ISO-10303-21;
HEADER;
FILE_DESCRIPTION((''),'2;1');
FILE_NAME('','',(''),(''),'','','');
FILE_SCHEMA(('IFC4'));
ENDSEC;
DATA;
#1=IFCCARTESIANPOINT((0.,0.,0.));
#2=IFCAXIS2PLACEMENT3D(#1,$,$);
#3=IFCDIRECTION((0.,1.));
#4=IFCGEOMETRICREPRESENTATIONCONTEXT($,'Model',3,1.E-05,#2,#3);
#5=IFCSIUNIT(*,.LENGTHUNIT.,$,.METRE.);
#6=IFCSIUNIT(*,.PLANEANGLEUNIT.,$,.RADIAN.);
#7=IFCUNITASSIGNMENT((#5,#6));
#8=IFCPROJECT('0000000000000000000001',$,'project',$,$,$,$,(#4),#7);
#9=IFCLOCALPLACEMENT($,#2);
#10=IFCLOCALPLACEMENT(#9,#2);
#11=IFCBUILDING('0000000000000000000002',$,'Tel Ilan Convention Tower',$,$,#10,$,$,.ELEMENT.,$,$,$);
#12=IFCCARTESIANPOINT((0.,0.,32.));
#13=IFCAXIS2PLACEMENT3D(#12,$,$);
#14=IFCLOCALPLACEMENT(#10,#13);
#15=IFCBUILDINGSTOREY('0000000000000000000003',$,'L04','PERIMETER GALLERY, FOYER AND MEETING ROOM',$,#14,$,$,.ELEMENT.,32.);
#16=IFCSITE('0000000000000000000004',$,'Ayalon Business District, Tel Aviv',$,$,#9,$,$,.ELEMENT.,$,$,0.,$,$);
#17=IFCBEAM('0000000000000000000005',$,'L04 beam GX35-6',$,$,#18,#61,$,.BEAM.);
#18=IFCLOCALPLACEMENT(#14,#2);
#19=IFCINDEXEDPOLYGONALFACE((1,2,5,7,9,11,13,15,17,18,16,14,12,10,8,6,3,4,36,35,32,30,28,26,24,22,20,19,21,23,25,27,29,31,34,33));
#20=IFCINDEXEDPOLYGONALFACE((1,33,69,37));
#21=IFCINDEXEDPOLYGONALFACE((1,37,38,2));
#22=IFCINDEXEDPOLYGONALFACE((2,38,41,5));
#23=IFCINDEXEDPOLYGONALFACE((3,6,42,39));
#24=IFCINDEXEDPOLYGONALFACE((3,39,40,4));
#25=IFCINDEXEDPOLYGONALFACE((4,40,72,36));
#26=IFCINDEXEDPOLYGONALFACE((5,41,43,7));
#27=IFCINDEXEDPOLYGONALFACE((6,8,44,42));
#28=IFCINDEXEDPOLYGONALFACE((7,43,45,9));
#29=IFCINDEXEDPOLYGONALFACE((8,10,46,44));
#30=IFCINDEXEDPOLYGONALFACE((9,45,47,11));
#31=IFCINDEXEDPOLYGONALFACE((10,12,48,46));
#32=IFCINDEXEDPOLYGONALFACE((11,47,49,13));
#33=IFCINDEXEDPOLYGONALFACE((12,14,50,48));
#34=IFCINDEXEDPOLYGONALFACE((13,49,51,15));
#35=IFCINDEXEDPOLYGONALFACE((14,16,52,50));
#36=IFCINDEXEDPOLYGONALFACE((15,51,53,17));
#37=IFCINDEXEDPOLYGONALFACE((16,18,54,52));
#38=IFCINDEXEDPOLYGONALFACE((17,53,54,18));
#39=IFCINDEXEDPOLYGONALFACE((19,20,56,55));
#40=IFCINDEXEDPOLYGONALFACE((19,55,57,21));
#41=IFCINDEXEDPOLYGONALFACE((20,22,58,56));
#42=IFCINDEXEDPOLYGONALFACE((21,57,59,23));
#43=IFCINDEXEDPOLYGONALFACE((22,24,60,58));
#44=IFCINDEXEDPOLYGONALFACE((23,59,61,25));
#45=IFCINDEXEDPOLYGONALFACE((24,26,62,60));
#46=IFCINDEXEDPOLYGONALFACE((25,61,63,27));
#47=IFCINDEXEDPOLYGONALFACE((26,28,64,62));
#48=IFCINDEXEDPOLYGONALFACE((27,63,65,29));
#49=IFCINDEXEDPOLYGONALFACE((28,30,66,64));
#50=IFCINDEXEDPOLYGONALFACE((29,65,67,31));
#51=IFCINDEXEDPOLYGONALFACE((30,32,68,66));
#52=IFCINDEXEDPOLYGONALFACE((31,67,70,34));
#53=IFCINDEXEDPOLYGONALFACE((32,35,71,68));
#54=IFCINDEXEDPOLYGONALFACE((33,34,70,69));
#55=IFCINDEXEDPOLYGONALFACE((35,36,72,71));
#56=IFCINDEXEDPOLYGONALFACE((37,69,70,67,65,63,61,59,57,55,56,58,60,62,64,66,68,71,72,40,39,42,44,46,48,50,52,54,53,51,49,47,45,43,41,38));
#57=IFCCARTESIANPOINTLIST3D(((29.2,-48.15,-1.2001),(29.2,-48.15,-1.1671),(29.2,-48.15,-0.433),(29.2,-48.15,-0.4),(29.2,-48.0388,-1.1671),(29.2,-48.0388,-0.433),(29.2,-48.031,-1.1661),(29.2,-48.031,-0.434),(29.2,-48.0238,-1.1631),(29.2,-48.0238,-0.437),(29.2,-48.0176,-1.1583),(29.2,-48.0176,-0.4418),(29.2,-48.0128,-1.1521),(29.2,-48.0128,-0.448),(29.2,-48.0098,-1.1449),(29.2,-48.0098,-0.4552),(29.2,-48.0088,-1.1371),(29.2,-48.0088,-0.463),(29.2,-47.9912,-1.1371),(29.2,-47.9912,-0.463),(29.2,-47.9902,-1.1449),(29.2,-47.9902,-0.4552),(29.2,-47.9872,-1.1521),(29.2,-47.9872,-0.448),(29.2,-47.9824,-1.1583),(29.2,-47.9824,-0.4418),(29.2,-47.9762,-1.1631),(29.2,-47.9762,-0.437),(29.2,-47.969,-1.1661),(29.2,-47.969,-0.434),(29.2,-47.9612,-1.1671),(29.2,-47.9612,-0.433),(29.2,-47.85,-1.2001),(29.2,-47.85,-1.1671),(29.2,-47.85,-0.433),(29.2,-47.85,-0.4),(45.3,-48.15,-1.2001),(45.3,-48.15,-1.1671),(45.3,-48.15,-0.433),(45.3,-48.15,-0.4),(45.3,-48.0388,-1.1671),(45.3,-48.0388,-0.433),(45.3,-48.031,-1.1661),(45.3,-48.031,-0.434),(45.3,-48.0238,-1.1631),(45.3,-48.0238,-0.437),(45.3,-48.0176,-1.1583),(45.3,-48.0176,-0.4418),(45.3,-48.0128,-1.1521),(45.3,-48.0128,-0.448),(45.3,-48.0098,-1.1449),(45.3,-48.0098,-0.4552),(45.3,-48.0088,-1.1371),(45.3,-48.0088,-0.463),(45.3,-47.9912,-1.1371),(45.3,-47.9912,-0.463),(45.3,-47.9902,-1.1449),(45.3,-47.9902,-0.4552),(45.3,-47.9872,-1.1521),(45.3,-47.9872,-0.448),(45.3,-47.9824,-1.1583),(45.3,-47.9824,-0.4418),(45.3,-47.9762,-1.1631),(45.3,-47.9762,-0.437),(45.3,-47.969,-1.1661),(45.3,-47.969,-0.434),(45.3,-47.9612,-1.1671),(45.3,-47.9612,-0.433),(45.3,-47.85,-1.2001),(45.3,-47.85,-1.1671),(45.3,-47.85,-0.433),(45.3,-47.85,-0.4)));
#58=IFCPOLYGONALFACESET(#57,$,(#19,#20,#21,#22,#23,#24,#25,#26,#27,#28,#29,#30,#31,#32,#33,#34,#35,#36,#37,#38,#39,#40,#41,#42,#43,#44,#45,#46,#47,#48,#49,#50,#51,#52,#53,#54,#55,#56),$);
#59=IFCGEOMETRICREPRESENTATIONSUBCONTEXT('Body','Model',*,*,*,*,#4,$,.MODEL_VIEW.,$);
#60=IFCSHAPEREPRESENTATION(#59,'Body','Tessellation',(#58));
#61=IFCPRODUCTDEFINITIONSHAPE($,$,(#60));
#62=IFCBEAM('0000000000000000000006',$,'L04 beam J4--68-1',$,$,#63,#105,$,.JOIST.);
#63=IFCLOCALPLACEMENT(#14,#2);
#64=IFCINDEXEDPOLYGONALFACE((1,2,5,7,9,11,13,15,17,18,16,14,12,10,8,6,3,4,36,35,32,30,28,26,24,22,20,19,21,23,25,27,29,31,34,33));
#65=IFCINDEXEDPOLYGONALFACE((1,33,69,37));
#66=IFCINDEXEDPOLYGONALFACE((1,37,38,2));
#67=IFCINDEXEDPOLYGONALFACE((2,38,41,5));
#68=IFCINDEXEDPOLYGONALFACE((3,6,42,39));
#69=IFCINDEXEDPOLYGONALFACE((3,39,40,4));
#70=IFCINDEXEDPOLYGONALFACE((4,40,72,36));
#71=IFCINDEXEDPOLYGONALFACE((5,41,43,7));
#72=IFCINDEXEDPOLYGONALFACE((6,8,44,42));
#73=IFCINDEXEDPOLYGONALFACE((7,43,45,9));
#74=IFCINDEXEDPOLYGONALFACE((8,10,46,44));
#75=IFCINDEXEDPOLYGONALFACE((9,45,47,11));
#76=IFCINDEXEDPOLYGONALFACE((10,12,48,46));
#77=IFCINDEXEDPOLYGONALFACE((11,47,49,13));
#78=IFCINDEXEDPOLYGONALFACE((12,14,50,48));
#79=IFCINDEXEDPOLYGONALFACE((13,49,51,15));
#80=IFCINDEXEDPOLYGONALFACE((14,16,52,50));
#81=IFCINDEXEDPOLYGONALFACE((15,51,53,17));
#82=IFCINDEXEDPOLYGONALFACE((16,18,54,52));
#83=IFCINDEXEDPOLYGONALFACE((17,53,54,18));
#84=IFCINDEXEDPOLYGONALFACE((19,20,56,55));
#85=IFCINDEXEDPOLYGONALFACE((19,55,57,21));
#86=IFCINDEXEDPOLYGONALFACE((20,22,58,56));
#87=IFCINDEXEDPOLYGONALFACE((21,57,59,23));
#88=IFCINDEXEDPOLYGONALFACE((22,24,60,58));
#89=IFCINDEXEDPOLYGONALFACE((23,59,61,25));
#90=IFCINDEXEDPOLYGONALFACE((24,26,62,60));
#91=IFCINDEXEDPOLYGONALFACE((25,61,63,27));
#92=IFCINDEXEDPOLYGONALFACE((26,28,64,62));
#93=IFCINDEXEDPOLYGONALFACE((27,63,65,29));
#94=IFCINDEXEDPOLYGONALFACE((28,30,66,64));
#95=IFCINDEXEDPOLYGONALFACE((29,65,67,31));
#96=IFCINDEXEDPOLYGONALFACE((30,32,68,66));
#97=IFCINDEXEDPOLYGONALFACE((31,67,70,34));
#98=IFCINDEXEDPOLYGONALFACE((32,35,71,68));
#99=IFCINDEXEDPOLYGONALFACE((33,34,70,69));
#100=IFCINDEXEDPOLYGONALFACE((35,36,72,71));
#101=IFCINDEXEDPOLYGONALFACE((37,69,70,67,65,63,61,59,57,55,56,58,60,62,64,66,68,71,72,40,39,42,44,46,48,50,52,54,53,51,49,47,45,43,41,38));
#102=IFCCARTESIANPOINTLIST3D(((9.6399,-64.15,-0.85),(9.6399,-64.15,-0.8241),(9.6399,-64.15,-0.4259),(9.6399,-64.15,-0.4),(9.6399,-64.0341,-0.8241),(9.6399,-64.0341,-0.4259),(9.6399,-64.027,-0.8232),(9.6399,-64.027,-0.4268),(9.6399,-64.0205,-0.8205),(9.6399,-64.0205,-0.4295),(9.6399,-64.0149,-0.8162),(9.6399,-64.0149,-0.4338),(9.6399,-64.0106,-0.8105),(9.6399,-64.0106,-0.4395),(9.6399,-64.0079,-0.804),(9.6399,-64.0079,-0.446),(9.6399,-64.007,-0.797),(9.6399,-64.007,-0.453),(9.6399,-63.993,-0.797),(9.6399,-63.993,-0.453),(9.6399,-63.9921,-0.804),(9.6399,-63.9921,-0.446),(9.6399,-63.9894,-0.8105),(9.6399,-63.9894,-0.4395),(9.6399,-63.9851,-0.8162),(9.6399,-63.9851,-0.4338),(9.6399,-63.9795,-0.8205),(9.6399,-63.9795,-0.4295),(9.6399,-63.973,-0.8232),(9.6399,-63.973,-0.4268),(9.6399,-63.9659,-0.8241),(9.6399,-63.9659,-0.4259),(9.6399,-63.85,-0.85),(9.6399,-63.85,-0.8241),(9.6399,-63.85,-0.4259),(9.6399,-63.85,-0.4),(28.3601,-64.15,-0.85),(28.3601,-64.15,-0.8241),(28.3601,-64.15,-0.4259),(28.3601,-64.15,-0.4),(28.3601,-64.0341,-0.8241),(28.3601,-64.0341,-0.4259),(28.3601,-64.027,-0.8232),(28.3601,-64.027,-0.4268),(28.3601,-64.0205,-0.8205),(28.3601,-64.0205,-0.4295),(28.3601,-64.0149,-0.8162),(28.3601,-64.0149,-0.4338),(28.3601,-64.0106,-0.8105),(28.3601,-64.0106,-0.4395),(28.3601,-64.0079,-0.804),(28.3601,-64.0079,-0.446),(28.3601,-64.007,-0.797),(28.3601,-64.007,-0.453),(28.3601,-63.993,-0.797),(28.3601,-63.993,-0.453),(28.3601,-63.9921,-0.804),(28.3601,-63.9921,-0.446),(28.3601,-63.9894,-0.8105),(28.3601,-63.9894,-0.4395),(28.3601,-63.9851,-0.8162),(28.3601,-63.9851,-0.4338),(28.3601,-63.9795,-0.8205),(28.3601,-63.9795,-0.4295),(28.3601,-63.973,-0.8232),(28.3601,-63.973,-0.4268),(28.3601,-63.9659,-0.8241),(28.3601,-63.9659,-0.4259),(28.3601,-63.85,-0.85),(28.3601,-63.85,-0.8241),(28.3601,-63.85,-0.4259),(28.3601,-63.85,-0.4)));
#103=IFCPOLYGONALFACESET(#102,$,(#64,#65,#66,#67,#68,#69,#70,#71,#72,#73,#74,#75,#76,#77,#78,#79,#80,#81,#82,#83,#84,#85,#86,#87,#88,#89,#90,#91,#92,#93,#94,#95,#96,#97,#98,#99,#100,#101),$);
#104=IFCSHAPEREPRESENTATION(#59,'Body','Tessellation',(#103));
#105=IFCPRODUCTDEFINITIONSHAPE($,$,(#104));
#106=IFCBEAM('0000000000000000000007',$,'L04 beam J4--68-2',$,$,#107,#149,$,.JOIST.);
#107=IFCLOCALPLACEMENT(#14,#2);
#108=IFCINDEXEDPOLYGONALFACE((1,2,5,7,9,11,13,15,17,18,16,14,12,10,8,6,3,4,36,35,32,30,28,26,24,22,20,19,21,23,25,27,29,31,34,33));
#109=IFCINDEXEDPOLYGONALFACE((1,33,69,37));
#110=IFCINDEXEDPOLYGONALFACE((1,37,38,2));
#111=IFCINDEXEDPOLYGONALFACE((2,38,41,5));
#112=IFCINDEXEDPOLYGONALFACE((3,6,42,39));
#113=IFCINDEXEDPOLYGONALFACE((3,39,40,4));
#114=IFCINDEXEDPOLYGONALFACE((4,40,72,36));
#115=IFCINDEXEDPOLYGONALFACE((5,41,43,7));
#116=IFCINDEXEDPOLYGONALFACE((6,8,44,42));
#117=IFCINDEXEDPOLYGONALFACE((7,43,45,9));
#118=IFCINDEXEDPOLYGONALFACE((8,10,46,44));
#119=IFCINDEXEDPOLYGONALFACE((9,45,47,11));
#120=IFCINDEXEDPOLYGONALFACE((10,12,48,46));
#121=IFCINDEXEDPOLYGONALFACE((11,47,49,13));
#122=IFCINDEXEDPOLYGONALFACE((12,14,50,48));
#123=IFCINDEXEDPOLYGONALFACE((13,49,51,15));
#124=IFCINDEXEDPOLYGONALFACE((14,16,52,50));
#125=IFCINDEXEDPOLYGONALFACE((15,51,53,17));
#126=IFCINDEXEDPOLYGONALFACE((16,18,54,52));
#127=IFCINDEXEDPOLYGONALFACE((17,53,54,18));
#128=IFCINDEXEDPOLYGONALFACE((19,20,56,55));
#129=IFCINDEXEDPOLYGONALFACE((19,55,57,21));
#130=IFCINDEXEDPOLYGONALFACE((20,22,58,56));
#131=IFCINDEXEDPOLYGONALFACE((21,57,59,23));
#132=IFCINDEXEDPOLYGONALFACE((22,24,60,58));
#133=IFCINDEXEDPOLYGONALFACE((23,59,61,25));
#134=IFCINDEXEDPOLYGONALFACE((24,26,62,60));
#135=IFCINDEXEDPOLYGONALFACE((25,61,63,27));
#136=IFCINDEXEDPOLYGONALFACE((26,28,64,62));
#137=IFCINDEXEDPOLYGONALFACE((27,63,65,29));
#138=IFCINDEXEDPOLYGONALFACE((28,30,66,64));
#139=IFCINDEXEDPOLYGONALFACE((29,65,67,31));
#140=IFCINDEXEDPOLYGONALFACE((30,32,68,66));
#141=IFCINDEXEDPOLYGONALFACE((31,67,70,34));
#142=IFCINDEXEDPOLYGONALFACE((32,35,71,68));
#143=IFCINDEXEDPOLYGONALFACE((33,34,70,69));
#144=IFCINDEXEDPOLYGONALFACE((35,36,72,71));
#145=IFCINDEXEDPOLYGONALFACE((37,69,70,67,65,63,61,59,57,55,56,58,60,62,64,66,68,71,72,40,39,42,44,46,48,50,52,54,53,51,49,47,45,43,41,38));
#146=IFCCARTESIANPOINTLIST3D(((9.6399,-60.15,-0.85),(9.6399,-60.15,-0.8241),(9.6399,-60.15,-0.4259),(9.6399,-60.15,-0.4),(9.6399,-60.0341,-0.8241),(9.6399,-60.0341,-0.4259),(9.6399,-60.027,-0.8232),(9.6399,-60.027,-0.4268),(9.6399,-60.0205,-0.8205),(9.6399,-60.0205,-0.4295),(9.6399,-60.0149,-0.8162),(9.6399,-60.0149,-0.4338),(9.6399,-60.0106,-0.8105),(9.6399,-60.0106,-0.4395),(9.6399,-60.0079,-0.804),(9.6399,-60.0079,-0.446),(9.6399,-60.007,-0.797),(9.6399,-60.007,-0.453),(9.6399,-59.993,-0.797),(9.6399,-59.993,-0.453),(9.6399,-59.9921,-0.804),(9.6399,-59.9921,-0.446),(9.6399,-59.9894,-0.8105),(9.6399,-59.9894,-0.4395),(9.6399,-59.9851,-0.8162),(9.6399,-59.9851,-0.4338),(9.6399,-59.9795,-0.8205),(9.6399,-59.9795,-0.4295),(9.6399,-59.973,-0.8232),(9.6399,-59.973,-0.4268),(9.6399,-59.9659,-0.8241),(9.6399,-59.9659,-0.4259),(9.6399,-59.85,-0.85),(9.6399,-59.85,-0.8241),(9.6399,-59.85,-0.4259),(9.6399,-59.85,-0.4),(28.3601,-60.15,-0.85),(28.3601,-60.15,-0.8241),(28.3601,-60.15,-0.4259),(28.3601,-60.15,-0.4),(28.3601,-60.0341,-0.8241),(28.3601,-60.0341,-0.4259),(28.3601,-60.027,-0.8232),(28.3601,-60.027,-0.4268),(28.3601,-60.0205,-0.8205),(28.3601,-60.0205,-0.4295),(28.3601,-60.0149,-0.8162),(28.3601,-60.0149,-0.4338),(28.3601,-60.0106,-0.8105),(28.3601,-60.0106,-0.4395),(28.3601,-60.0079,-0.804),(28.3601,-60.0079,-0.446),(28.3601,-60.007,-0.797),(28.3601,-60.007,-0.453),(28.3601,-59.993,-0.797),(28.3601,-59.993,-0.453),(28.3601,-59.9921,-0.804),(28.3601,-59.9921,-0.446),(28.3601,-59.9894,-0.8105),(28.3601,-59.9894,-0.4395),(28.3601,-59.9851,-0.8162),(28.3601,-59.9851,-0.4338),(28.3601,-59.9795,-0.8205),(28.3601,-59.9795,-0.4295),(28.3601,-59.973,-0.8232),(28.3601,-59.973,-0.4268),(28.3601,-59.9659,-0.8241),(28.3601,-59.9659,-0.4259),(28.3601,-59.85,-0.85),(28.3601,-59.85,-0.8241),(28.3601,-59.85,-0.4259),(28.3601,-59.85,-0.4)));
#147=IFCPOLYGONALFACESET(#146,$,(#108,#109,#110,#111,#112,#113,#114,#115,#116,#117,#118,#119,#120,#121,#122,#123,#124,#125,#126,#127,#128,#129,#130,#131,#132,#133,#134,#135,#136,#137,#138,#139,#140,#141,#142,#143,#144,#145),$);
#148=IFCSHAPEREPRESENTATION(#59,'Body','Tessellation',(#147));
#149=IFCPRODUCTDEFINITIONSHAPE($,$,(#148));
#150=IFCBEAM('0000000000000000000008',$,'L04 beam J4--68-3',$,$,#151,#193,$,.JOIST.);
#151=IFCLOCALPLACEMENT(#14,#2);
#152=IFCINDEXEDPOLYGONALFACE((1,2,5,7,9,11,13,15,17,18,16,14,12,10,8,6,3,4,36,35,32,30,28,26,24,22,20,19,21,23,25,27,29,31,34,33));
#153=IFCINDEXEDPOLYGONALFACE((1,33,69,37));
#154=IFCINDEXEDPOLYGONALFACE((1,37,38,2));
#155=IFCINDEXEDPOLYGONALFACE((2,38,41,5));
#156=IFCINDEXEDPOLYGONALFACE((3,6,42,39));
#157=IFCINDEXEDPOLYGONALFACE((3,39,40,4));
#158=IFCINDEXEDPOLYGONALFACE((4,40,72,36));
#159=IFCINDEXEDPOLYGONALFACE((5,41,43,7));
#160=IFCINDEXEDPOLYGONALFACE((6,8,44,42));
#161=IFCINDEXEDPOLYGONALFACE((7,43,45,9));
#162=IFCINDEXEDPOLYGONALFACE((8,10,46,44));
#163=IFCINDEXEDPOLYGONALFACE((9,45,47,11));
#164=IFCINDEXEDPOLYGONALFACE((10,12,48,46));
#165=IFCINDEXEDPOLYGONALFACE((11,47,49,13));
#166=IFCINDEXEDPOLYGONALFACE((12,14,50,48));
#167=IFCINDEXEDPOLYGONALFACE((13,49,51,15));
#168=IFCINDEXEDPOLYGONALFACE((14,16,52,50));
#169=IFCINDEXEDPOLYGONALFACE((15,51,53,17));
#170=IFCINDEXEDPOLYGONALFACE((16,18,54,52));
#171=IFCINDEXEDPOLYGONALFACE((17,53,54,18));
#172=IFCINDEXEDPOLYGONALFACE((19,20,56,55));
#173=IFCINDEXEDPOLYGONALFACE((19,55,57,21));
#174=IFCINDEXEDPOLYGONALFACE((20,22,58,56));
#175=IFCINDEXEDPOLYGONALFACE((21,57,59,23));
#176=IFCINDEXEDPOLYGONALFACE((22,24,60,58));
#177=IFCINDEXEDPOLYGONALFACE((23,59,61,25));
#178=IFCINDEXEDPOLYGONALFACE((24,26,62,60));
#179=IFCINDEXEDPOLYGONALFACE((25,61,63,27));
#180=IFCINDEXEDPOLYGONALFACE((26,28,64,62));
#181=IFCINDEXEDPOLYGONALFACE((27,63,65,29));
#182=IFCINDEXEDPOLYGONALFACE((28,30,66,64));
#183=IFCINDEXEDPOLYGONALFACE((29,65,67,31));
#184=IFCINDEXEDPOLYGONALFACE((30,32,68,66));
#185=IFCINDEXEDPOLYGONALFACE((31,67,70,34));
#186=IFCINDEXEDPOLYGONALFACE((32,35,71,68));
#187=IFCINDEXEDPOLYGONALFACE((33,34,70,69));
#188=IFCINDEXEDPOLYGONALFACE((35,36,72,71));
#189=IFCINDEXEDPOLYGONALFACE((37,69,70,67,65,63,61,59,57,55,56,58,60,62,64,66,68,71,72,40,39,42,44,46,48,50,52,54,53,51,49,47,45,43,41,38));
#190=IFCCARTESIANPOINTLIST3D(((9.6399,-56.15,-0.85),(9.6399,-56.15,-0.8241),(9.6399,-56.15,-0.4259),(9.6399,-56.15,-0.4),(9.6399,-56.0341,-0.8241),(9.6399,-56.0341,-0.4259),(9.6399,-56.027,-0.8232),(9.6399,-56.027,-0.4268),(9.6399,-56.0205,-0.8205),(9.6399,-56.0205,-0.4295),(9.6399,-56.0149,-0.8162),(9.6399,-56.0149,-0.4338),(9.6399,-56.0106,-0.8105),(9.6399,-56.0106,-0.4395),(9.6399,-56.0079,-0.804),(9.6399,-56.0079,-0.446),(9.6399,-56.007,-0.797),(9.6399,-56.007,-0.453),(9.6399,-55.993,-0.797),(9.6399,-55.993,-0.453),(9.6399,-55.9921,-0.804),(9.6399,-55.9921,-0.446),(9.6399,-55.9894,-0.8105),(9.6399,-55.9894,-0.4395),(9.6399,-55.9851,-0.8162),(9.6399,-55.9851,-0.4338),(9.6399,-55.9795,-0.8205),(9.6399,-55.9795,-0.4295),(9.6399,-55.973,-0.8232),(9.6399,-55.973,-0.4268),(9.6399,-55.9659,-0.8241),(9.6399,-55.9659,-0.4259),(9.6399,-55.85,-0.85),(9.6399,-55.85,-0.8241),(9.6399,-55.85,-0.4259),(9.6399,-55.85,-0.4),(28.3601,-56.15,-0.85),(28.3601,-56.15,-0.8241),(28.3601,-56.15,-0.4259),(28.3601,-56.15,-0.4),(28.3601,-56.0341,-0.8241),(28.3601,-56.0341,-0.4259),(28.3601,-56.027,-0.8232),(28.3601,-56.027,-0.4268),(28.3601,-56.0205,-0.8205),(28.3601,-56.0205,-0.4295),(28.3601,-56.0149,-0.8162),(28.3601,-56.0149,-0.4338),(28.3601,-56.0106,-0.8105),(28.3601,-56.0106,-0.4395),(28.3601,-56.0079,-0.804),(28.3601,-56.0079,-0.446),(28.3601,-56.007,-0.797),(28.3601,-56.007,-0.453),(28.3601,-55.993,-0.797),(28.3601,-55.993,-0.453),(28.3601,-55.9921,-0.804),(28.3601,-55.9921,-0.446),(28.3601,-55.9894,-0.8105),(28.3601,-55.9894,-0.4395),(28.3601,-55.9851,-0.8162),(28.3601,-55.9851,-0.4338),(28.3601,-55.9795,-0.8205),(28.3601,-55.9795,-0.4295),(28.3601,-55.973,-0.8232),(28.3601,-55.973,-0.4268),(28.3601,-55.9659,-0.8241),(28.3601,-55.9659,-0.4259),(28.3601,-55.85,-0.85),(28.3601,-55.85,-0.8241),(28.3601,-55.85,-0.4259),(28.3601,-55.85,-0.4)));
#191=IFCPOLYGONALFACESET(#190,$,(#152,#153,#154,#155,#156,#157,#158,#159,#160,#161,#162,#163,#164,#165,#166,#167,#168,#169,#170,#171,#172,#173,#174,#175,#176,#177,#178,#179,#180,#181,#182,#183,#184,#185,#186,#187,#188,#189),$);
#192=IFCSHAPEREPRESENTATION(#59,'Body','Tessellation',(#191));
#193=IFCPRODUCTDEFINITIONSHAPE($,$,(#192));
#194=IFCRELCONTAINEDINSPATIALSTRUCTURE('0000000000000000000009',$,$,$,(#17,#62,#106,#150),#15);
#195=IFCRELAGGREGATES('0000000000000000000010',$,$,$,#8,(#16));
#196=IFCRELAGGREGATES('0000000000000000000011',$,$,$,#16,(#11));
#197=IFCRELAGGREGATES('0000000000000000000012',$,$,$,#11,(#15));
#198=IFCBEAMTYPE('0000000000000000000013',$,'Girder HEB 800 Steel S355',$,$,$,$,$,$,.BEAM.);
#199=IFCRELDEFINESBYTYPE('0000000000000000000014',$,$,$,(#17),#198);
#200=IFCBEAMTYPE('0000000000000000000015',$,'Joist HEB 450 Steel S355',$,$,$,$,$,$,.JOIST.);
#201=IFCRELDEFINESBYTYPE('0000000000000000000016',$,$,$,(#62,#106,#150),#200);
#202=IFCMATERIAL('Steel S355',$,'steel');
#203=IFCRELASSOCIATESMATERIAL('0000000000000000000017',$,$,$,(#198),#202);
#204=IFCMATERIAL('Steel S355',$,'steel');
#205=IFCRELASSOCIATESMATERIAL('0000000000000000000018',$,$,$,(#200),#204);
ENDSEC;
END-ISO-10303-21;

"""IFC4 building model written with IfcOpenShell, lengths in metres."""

from ifc_helpers import new_model, si_unit, direction, frame, origin, origin_2d, place, context, subcontext, project, spatial, i_section, extrude, material, material_profile, profile_set, type_object, element, save


model = new_model("IFC4")

# Units and contexts
model_context = context("Model", 3, precision=1e-05, world=origin(), true_north=direction((0.0, 1.0)))
body_context = subcontext(model_context, "Body", "Model", "MODEL_VIEW")
ifc_project = project(units=[si_unit("LENGTHUNIT", "METRE"), si_unit("PLANEANGLEUNIT", "RADIAN")], contexts=[model_context])

# Site, building, storey
site_placement = place(None, origin())
site = spatial("IfcSite", under=ifc_project, at=site_placement, Name="Ayalon Business District, Tel Aviv", CompositionType="ELEMENT", RefElevation=0.0)
building_placement = place(site_placement, origin())
building = spatial("IfcBuilding", under=site, at=building_placement, Name="Tel Ilan Convention Tower", CompositionType="ELEMENT")
storey_placement = place(building_placement, frame((0.0, 0.0, 32.0)))
storey = spatial("IfcBuildingStorey", under=building, at=storey_placement, Name="L04", Description="PERIMETER GALLERY, FOYER AND MEETING ROOM", CompositionType="ELEMENT", Elevation=32.0)

# Beams
ifc_material_1 = material(Name="Steel S355", Category="steel")
ifc_material_profile_1 = material_profile(ifc_material_1, i_section(OverallWidth=0.3, OverallDepth=0.8, WebThickness=0.0176, FlangeThickness=0.033, FilletRadius=0.03, at=origin_2d()), Name="HEB 800")
ifc_profile_set_1 = profile_set([ifc_material_profile_1], Name="Steel S355")
beam_type_1 = type_object("IfcBeamType", Name="Girder HEB 800 Steel S355", PredefinedType="BEAM", material=ifc_profile_set_1)
beam_1_placement = place(storey_placement, frame((29.2, -48.0, -0.8), z_axis=(1.0, 0.0, 0.0), x_axis=(0.0, 1.0, 0.0)))
element("IfcBeam", 1, at=beam_1_placement, inside=storey, type_object=beam_type_1, Name="L04 beam GX35-6", PredefinedType="BEAM", context=body_context, shape_type="SweptSolid", body=[
    extrude(i_section(OverallWidth=0.3, OverallDepth=0.8, WebThickness=0.0176, FlangeThickness=0.033, FilletRadius=0.03, at=origin_2d()), origin(), (0.0, 0.0, 1.0), 16.1001),
])
ifc_material_2 = material(Name="Steel S355", Category="steel")
ifc_material_profile_2 = material_profile(ifc_material_2, i_section(OverallWidth=0.3, OverallDepth=0.45, WebThickness=0.0139, FlangeThickness=0.0259, FilletRadius=0.0271, at=origin_2d()), Name="HEB 450")
ifc_profile_set_2 = profile_set([ifc_material_profile_2], Name="Steel S355")
beam_type_2 = type_object("IfcBeamType", Name="Joist HEB 450 Steel S355", PredefinedType="JOIST", material=ifc_profile_set_2)
for number, where, z_axis, x_axis, name in (
    (2, (9.6399, -64.0, -0.625), (1.0, 0.0, 0.0), (0.0, 1.0, 0.0), "L04 beam J4--68-1"),
    (3, (9.6399, -60.0, -0.625), (1.0, 0.0, 0.0), (0.0, 1.0, 0.0), "L04 beam J4--68-2"),
    (4, (9.6399, -56.0, -0.625), (1.0, 0.0, 0.0), (0.0, 1.0, 0.0), "L04 beam J4--68-3"),
):
    element("IfcBeam", number, at=place(storey_placement, frame(where, z_axis=z_axis, x_axis=x_axis)), inside=storey, type_object=beam_type_2, Name=name, PredefinedType="JOIST", context=body_context, shape_type="SweptSolid", body=[
        extrude(i_section(OverallWidth=0.3, OverallDepth=0.45, WebThickness=0.0139, FlangeThickness=0.0259, FilletRadius=0.0271, at=origin_2d()), origin(), (0.0, 0.0, 1.0), 18.7202),
    ])

save(model, "model.ifc")
